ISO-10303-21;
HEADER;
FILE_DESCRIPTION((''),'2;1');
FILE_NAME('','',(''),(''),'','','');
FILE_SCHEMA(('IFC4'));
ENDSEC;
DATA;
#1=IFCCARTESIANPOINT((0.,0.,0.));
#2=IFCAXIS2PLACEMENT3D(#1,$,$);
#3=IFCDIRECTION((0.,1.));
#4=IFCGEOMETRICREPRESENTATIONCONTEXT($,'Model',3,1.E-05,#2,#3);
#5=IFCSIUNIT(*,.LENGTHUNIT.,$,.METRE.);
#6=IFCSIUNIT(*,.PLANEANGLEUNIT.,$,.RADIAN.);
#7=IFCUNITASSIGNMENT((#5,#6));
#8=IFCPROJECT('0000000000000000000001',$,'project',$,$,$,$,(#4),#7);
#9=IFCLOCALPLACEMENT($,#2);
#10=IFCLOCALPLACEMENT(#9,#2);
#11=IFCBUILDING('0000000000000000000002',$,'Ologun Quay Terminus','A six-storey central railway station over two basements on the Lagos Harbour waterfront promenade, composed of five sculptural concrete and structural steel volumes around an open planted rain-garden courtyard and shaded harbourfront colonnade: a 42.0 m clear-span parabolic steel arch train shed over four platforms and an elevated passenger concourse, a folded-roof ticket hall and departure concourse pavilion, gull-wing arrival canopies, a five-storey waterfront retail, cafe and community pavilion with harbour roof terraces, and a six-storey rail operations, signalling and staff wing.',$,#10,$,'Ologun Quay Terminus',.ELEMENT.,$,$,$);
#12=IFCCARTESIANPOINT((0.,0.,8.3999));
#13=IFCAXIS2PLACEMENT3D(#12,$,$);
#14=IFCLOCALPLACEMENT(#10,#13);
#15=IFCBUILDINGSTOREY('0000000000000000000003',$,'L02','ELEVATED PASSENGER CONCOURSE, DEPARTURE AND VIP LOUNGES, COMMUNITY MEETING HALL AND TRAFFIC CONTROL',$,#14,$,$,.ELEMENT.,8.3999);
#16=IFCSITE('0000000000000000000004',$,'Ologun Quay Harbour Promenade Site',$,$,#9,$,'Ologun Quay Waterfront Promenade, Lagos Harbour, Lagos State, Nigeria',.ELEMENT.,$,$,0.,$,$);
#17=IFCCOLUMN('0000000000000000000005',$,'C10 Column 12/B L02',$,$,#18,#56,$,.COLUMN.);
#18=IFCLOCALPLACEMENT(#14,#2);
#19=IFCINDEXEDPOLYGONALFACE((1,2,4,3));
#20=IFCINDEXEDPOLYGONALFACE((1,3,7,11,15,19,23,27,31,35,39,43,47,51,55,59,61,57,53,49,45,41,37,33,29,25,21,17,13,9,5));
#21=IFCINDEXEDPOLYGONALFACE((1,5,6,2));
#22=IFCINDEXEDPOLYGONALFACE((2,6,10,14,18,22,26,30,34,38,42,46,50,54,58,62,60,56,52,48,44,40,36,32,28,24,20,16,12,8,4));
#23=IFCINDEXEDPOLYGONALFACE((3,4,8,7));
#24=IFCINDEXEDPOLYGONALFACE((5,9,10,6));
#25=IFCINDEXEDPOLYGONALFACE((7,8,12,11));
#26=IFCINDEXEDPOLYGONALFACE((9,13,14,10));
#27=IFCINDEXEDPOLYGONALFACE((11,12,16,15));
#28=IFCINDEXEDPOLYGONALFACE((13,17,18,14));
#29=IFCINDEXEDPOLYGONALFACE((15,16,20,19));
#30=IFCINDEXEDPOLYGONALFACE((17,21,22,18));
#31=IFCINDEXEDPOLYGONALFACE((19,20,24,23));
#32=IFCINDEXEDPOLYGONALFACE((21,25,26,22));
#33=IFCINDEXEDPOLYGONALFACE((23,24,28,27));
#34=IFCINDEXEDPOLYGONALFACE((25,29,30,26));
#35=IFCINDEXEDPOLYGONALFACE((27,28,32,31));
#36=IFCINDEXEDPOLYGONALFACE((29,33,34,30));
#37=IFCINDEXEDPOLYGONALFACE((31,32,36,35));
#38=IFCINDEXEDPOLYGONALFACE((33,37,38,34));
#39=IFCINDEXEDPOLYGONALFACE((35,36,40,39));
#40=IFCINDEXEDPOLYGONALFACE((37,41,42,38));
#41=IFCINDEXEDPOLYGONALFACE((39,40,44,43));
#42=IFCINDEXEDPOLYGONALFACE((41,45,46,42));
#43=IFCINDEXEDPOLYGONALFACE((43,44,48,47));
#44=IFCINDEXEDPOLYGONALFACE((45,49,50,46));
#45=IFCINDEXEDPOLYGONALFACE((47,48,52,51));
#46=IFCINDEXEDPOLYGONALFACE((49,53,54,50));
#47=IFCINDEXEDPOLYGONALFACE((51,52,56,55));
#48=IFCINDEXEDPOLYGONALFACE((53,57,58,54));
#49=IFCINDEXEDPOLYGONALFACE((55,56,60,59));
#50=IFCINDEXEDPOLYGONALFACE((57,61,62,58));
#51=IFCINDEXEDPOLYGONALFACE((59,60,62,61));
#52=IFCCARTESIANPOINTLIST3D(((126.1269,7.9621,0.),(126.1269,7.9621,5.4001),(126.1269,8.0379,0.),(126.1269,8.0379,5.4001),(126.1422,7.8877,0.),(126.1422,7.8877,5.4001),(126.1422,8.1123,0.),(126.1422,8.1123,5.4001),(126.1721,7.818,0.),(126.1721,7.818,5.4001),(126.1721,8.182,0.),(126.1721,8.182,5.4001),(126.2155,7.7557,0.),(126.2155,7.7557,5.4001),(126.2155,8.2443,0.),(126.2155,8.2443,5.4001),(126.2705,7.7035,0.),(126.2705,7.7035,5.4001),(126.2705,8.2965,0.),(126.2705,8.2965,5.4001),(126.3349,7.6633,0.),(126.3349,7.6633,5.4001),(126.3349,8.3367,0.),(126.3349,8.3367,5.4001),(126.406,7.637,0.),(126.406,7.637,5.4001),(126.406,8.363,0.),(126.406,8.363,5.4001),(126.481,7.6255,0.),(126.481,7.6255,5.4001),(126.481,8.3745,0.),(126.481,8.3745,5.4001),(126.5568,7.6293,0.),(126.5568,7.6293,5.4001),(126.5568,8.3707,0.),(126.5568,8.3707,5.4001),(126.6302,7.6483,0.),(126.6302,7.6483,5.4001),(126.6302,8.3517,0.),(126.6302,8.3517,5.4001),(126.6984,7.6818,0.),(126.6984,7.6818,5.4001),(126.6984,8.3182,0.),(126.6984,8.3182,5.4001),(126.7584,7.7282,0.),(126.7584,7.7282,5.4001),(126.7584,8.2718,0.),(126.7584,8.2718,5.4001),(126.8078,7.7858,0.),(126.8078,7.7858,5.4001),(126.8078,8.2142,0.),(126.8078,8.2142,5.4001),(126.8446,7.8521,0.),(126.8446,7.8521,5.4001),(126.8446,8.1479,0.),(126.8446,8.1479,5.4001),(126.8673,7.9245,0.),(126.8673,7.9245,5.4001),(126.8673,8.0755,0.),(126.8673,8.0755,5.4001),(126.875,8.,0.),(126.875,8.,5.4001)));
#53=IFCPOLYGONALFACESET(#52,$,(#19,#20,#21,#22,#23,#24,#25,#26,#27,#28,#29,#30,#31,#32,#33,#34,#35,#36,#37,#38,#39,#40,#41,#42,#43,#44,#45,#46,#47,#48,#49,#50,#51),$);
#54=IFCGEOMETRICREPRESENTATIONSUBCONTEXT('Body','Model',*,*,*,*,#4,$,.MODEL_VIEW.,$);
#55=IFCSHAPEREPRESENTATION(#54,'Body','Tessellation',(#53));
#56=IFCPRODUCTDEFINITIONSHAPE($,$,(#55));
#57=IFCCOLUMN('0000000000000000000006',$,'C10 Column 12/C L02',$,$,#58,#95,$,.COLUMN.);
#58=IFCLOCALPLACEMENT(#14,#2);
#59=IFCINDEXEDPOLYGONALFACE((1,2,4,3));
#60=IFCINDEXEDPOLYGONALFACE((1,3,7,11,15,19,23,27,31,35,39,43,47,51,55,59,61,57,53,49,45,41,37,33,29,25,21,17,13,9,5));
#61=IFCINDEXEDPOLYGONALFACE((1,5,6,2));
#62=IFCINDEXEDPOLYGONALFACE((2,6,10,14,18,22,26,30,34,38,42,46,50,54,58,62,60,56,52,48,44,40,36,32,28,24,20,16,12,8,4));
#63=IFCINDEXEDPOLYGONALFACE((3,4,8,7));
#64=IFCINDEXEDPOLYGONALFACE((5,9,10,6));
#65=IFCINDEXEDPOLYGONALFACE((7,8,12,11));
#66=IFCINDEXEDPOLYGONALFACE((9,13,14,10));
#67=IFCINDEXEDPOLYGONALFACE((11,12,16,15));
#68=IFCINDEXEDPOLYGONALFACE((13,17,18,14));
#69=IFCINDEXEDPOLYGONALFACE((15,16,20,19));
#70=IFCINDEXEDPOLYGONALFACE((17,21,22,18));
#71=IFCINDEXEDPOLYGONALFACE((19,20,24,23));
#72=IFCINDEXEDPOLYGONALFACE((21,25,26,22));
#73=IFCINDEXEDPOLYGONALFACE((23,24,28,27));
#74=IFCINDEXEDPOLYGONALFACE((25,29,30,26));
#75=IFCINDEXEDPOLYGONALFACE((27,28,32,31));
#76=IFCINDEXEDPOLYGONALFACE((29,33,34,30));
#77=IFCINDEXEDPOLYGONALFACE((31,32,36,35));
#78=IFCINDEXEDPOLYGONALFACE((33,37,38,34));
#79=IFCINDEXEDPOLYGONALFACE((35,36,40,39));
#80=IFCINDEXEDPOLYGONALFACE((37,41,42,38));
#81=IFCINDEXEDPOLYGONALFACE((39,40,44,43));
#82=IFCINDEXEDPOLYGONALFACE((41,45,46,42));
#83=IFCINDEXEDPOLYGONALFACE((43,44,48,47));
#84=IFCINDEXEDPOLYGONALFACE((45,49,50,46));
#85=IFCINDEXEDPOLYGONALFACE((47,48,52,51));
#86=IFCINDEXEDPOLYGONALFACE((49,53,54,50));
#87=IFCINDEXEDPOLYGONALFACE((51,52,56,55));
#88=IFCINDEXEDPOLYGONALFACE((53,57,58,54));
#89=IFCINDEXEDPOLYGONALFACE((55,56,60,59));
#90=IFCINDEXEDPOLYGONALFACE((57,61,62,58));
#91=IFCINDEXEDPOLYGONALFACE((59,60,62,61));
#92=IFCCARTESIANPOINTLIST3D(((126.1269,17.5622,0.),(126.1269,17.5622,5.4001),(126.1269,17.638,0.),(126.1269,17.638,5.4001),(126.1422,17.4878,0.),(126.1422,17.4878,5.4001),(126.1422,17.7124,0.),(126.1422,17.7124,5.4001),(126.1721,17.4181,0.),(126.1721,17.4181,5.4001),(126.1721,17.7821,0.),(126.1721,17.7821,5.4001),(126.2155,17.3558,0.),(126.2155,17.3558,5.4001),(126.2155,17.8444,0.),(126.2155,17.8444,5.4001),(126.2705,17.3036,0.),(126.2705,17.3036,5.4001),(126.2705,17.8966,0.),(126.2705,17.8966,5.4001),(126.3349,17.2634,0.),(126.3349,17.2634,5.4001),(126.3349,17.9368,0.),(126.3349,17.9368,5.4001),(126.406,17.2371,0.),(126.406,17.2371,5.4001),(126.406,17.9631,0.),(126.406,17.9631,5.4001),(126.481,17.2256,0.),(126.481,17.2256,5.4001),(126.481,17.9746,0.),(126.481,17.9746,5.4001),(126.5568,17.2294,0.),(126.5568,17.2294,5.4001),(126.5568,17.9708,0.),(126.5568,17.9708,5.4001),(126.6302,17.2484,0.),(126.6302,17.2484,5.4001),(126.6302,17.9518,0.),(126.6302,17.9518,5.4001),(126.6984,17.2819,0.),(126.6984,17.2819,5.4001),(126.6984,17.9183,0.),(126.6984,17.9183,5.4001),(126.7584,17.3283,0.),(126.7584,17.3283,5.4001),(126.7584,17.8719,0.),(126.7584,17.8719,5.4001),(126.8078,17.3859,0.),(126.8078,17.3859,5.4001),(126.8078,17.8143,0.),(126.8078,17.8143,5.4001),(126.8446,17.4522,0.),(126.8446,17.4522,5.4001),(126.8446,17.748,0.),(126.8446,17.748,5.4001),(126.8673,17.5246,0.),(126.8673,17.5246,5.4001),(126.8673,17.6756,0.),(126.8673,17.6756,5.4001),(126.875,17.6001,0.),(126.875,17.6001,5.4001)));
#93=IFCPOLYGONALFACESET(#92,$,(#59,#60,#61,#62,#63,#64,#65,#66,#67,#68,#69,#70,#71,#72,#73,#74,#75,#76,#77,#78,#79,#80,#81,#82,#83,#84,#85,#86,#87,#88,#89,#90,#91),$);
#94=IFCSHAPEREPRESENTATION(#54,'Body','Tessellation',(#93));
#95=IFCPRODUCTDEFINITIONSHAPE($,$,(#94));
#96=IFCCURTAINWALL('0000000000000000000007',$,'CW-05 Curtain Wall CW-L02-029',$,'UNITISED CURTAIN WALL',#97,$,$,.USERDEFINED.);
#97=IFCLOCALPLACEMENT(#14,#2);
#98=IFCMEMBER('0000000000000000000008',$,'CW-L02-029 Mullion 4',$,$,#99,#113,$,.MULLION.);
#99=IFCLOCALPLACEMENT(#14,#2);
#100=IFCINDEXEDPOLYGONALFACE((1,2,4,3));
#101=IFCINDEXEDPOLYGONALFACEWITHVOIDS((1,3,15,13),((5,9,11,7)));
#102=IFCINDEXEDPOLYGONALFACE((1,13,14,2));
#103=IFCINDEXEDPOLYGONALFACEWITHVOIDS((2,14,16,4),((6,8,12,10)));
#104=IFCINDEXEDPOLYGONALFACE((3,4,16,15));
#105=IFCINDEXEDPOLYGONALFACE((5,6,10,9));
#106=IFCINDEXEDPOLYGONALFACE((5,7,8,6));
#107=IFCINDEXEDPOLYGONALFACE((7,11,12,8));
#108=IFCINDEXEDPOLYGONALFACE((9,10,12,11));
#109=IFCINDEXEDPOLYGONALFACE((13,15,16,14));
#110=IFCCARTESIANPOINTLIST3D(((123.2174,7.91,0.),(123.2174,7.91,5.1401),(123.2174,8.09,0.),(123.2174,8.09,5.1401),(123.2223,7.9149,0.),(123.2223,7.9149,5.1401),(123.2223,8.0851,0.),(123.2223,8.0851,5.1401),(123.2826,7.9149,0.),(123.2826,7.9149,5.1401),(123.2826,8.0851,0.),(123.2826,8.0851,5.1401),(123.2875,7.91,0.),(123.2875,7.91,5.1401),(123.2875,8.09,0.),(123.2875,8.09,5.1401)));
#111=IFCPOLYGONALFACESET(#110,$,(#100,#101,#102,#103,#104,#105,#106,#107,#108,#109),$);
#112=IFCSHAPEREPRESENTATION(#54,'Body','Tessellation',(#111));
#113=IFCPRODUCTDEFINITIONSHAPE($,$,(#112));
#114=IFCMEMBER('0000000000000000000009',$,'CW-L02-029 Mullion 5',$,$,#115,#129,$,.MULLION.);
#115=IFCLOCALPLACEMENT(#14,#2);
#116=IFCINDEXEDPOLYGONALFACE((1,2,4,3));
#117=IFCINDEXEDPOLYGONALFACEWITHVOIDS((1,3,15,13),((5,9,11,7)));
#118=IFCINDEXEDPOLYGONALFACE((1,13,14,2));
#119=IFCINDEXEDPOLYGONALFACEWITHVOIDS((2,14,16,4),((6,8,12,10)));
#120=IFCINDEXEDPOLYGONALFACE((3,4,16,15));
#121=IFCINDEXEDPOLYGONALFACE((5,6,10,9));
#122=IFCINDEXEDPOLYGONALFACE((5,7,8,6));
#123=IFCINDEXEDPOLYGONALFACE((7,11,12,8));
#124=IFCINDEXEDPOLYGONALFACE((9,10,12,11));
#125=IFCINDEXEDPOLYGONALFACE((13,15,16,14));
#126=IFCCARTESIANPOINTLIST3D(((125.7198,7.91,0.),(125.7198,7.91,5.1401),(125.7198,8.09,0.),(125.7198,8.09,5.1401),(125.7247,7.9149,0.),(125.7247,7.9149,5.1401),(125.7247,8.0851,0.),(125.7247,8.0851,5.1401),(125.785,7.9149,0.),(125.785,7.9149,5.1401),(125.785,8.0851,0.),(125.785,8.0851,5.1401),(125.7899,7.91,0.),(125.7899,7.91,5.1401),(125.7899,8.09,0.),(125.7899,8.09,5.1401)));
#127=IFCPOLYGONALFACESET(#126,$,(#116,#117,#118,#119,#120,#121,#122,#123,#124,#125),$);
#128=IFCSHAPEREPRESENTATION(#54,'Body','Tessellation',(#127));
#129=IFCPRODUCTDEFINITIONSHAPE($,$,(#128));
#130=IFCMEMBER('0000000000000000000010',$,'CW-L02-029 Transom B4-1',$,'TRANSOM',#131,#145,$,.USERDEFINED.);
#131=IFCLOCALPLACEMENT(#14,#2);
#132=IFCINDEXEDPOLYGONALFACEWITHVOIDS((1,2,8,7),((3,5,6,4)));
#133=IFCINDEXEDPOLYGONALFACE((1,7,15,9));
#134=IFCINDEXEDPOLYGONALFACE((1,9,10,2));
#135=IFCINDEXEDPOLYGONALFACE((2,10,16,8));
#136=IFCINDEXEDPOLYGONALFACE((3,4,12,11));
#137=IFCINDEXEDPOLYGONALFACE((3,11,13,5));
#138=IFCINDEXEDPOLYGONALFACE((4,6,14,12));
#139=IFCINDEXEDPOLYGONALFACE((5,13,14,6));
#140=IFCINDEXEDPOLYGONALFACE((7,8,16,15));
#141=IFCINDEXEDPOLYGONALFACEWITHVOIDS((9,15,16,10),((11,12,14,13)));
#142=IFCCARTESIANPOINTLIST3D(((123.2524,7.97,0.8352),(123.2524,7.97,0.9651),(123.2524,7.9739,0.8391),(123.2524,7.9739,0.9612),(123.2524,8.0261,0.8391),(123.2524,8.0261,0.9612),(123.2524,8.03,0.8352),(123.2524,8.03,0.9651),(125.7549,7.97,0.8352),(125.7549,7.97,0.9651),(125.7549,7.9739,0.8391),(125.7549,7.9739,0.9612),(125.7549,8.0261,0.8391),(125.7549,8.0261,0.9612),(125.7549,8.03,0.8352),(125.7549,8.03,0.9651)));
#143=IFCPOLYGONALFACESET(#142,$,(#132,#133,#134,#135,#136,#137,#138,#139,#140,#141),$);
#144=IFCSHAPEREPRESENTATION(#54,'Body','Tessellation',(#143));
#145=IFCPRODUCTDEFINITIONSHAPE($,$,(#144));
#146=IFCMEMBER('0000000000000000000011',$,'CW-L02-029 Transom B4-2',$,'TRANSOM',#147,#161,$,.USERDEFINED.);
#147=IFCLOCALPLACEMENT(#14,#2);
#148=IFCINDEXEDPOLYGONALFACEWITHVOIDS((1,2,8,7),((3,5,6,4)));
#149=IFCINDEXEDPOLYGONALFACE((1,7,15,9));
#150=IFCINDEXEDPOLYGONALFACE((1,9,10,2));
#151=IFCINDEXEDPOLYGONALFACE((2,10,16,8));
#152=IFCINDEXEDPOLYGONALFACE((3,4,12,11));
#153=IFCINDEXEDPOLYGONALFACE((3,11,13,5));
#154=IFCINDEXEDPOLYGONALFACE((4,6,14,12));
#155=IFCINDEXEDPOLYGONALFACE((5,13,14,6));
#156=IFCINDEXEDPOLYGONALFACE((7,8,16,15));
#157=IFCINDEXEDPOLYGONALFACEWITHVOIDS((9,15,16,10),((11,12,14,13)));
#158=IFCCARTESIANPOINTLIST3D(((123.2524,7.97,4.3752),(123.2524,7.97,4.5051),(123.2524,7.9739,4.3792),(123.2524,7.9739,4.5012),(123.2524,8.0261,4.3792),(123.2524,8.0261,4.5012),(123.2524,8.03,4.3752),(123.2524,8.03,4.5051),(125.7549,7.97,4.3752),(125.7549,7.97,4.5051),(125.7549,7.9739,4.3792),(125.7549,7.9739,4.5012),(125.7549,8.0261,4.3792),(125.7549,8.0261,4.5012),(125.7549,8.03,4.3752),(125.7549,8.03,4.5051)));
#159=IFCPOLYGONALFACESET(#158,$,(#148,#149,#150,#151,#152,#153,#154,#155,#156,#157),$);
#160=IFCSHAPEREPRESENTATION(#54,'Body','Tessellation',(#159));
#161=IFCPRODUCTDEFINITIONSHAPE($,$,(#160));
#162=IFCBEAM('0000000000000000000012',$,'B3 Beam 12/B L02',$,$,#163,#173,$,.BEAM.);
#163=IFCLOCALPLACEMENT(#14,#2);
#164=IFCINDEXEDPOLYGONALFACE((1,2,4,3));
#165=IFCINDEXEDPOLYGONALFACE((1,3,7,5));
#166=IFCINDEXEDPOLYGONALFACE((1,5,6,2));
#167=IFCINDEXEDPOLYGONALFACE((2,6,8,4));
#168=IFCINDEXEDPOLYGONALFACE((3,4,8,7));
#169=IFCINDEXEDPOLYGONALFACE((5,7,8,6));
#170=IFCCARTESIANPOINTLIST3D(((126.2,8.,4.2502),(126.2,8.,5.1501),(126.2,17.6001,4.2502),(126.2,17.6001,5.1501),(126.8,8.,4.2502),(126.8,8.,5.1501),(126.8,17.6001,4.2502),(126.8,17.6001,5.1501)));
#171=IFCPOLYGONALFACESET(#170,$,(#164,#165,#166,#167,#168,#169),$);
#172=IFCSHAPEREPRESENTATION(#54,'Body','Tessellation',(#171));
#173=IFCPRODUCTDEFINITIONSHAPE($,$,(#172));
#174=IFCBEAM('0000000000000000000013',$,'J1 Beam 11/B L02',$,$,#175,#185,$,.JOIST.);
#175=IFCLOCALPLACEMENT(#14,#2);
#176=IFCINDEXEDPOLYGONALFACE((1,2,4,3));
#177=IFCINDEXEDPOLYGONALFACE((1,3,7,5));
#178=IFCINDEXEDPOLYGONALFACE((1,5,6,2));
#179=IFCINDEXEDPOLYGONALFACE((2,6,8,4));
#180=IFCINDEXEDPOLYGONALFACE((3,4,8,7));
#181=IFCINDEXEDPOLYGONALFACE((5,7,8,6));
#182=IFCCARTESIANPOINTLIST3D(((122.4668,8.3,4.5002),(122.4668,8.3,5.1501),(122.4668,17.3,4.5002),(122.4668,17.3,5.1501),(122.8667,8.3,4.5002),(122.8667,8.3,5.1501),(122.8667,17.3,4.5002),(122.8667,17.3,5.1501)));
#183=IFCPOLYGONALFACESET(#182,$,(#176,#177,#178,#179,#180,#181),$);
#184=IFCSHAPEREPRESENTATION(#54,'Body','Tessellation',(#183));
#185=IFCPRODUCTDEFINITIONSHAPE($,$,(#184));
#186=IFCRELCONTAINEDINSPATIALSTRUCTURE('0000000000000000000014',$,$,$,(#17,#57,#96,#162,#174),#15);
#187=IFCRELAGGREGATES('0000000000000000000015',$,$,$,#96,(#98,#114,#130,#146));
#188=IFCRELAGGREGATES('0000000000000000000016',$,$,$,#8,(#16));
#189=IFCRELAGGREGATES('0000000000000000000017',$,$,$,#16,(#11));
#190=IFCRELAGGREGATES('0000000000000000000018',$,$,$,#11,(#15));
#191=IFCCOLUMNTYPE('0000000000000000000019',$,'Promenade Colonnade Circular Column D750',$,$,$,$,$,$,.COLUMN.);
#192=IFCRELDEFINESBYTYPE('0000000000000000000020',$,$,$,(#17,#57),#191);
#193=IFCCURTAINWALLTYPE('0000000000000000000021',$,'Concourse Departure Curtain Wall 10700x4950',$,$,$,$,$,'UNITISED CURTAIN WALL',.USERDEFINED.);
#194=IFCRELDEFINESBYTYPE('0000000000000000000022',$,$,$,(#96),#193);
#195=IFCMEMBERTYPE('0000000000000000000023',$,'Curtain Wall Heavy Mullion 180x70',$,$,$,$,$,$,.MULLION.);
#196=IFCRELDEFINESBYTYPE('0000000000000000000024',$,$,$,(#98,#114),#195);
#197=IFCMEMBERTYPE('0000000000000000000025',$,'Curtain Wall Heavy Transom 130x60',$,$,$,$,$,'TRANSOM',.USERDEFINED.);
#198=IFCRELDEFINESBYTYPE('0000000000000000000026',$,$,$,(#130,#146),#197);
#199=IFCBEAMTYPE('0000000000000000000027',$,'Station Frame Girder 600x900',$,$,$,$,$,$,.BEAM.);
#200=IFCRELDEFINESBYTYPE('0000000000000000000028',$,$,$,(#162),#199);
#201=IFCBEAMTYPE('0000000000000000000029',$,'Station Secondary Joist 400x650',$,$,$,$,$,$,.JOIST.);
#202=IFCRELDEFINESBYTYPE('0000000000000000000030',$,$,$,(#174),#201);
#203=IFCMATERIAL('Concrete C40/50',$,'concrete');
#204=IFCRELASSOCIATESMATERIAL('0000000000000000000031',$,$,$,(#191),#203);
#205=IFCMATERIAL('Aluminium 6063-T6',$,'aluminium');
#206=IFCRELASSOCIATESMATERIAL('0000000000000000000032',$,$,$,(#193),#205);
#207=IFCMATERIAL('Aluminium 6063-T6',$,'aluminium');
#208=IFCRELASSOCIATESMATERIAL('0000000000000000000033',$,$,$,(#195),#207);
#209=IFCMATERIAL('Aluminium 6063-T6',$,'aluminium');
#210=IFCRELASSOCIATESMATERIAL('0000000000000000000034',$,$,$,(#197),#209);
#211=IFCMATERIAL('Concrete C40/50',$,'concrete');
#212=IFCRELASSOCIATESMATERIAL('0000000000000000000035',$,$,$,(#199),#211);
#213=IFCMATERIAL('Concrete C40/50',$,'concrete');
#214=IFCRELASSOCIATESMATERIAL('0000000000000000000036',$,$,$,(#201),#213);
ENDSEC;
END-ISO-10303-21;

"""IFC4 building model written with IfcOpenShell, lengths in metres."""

from ifc_helpers import new_model, si_unit, direction, frame, origin, origin_2d, place, context, subcontext, project, spatial, rectangle, hollow_rectangle, circle, extrude, material, material_profile, profile_set, type_object, element, aggregate, save


model = new_model("IFC4")

# Units and contexts
model_context = context("Model", 3, precision=1e-05, world=origin(), true_north=direction((0.0, 1.0)))
body_context = subcontext(model_context, "Body", "Model", "MODEL_VIEW")
ifc_project = project(units=[si_unit("LENGTHUNIT", "METRE"), si_unit("PLANEANGLEUNIT", "RADIAN")], contexts=[model_context])

# Site, building, storey
site_placement = place(None, origin())
site = spatial("IfcSite", under=ifc_project, at=site_placement, Name="Ologun Quay Harbour Promenade Site", LongName="Ologun Quay Waterfront Promenade, Lagos Harbour, Lagos State, Nigeria", CompositionType="ELEMENT", RefElevation=0.0)
building_placement = place(site_placement, origin())
building = spatial("IfcBuilding", under=site, at=building_placement, Name="Ologun Quay Terminus", Description="A six-storey central railway station over two basements on the Lagos Harbour waterfront promenade, composed of five sculptural concrete and structural steel volumes around an open planted rain-garden courtyard and shaded harbourfront colonnade: a 42.0 m clear-span parabolic steel arch train shed over four platforms and an elevated passenger concourse, a folded-roof ticket hall and departure concourse pavilion, gull-wing arrival canopies, a five-storey waterfront retail, cafe and community pavilion with harbour roof terraces, and a six-storey rail operations, signalling and staff wing.", LongName="Ologun Quay Terminus", CompositionType="ELEMENT")
storey_placement = place(building_placement, frame((0.0, 0.0, 8.3999)))
storey = spatial("IfcBuildingStorey", under=building, at=storey_placement, Name="L02", Description="ELEVATED PASSENGER CONCOURSE, DEPARTURE AND VIP LOUNGES, COMMUNITY MEETING HALL AND TRAFFIC CONTROL", CompositionType="ELEMENT", Elevation=8.3999)

# Columns
ifc_material_1 = material(Name="Concrete C40/50", Category="concrete")
ifc_material_profile_1 = material_profile(ifc_material_1, circle(Radius=0.375, at=origin_2d()), Name="RC D750")
ifc_profile_set_1 = profile_set([ifc_material_profile_1], Name="Concrete C40/50")
column_type = type_object("IfcColumnType", Name="Promenade Colonnade Circular Column D750", PredefinedType="COLUMN", material=ifc_profile_set_1)
for number, where, z_axis, x_axis, name in (
    (1, (126.5, 8.0, 0.0), (0.0, 0.0, 1.0), (1.0, 0.0, 0.0), "C10 Column 12/B L02"),
    (2, (126.5, 17.6001, 0.0), (0.0, 0.0, 1.0), (1.0, 0.0, 0.0), "C10 Column 12/C L02"),
):
    element("IfcColumn", number, at=place(storey_placement, frame(where, z_axis=z_axis, x_axis=x_axis)), inside=storey, type_object=column_type, Name=name, PredefinedType="COLUMN", context=body_context, shape_type="SweptSolid", body=[
        extrude(circle(Radius=0.375, at=origin_2d()), origin(), (0.0, 0.0, 1.0), 5.4001),
    ])

# Curtain wall, members
ifc_material_2 = material(Name="Aluminium 6063-T6", Category="aluminium")
curtain_wall_type = type_object("IfcCurtainWallType", Name="Concourse Departure Curtain Wall 10700x4950", ElementType="UNITISED CURTAIN WALL", PredefinedType="USERDEFINED", material=ifc_material_2)
curtain_wall_placement = place(storey_placement, origin())
curtain_wall = element("IfcCurtainWall", 3, at=curtain_wall_placement, inside=storey, type_object=curtain_wall_type, Name="CW-05 Curtain Wall CW-L02-029", ObjectType="UNITISED CURTAIN WALL", PredefinedType="USERDEFINED")
ifc_material_3 = material(Name="Aluminium 6063-T6", Category="aluminium")
ifc_material_profile_2 = material_profile(ifc_material_3, hollow_rectangle(XDim=0.0701, YDim=0.1799, WallThickness=0.0049, at=origin_2d()), Name="ALU 180x70x5")
ifc_profile_set_2 = profile_set([ifc_material_profile_2], Name="Aluminium 6063-T6")
member_type_1 = type_object("IfcMemberType", Name="Curtain Wall Heavy Mullion 180x70", PredefinedType="MULLION", material=ifc_profile_set_2)
member_1_placement = place(storey_placement, frame((123.2524, 8.0, 0.0), z_axis=(0.0, 0.0, 1.0), x_axis=(1.0, 0.0, 0.0)))
member_1 = element("IfcMember", 4, at=member_1_placement, type_object=member_type_1, Name="CW-L02-029 Mullion 4", PredefinedType="MULLION", context=body_context, shape_type="SweptSolid", body=[
    extrude(hollow_rectangle(XDim=0.0701, YDim=0.1799, WallThickness=0.0049, at=origin_2d()), origin(), (0.0, 0.0, 1.0), 5.1401),
])
member_2_placement = place(storey_placement, frame((125.7549, 8.0, 0.0), z_axis=(0.0, 0.0, 1.0), x_axis=(1.0, 0.0, 0.0)))
member_2 = element("IfcMember", 5, at=member_2_placement, type_object=member_type_1, Name="CW-L02-029 Mullion 5", PredefinedType="MULLION", context=body_context, shape_type="SweptSolid", body=[
    extrude(hollow_rectangle(XDim=0.0701, YDim=0.1799, WallThickness=0.0049, at=origin_2d()), origin(), (0.0, 0.0, 1.0), 5.1401),
])
ifc_material_4 = material(Name="Aluminium 6063-T6", Category="aluminium")
ifc_material_profile_3 = material_profile(ifc_material_4, hollow_rectangle(XDim=0.0601, YDim=0.1299, WallThickness=0.0039, at=origin_2d()), Name="ALU 130x60x4")
ifc_profile_set_3 = profile_set([ifc_material_profile_3], Name="Aluminium 6063-T6")
member_type_2 = type_object("IfcMemberType", Name="Curtain Wall Heavy Transom 130x60", ElementType="TRANSOM", PredefinedType="USERDEFINED", material=ifc_profile_set_3)
member_3_placement = place(storey_placement, frame((123.2524, 8.0, 0.9001), z_axis=(1.0, 0.0, 0.0), x_axis=(0.0, 1.0, 0.0)))
member_3 = element("IfcMember", 6, at=member_3_placement, type_object=member_type_2, Name="CW-L02-029 Transom B4-1", ObjectType="TRANSOM", PredefinedType="USERDEFINED", context=body_context, shape_type="SweptSolid", body=[
    extrude(hollow_rectangle(XDim=0.0601, YDim=0.1299, WallThickness=0.0039, at=origin_2d()), origin(), (0.0, 0.0, 1.0), 2.5024),
])
member_4_placement = place(storey_placement, frame((123.2524, 8.0, 4.4402), z_axis=(1.0, 0.0, 0.0), x_axis=(0.0, 1.0, 0.0)))
member_4 = element("IfcMember", 7, at=member_4_placement, type_object=member_type_2, Name="CW-L02-029 Transom B4-2", ObjectType="TRANSOM", PredefinedType="USERDEFINED", context=body_context, shape_type="SweptSolid", body=[
    extrude(hollow_rectangle(XDim=0.0601, YDim=0.1299, WallThickness=0.0039, at=origin_2d()), origin(), (0.0, 0.0, 1.0), 2.5024),
])

# Beams
ifc_material_5 = material(Name="Concrete C40/50", Category="concrete")
ifc_material_profile_4 = material_profile(ifc_material_5, rectangle(XDim=0.6001, YDim=0.8999, at=origin_2d()), Name="RC 600x900")
ifc_profile_set_4 = profile_set([ifc_material_profile_4], Name="Concrete C40/50")
beam_type_1 = type_object("IfcBeamType", Name="Station Frame Girder 600x900", PredefinedType="BEAM", material=ifc_profile_set_4)
beam_1_placement = place(storey_placement, frame((126.5, 8.0, 4.7002), z_axis=(0.0, 1.0, 0.0), x_axis=(-1.0, 0.0, 0.0)))
element("IfcBeam", 8, at=beam_1_placement, inside=storey, type_object=beam_type_1, Name="B3 Beam 12/B L02", PredefinedType="BEAM", context=body_context, shape_type="SweptSolid", body=[
    extrude(rectangle(XDim=0.6001, YDim=0.8999, at=origin_2d()), origin(), (0.0, 0.0, 1.0), 9.6001),
])
ifc_material_6 = material(Name="Concrete C40/50", Category="concrete")
ifc_material_profile_5 = material_profile(ifc_material_6, rectangle(XDim=0.3999, YDim=0.6499, at=origin_2d()), Name="RC 400x650")
ifc_profile_set_5 = profile_set([ifc_material_profile_5], Name="Concrete C40/50")
beam_type_2 = type_object("IfcBeamType", Name="Station Secondary Joist 400x650", PredefinedType="JOIST", material=ifc_profile_set_5)
beam_2_placement = place(storey_placement, frame((122.6667, 8.3, 4.8252), z_axis=(0.0, 1.0, 0.0), x_axis=(-1.0, 0.0, 0.0)))
element("IfcBeam", 9, at=beam_2_placement, inside=storey, type_object=beam_type_2, Name="J1 Beam 11/B L02", PredefinedType="JOIST", context=body_context, shape_type="SweptSolid", body=[
    extrude(rectangle(XDim=0.3999, YDim=0.6499, at=origin_2d()), origin(), (0.0, 0.0, 1.0), 9.0),
])

aggregate(curtain_wall, [member_1, member_2, member_3, member_4])

save(model, "model.ifc")
